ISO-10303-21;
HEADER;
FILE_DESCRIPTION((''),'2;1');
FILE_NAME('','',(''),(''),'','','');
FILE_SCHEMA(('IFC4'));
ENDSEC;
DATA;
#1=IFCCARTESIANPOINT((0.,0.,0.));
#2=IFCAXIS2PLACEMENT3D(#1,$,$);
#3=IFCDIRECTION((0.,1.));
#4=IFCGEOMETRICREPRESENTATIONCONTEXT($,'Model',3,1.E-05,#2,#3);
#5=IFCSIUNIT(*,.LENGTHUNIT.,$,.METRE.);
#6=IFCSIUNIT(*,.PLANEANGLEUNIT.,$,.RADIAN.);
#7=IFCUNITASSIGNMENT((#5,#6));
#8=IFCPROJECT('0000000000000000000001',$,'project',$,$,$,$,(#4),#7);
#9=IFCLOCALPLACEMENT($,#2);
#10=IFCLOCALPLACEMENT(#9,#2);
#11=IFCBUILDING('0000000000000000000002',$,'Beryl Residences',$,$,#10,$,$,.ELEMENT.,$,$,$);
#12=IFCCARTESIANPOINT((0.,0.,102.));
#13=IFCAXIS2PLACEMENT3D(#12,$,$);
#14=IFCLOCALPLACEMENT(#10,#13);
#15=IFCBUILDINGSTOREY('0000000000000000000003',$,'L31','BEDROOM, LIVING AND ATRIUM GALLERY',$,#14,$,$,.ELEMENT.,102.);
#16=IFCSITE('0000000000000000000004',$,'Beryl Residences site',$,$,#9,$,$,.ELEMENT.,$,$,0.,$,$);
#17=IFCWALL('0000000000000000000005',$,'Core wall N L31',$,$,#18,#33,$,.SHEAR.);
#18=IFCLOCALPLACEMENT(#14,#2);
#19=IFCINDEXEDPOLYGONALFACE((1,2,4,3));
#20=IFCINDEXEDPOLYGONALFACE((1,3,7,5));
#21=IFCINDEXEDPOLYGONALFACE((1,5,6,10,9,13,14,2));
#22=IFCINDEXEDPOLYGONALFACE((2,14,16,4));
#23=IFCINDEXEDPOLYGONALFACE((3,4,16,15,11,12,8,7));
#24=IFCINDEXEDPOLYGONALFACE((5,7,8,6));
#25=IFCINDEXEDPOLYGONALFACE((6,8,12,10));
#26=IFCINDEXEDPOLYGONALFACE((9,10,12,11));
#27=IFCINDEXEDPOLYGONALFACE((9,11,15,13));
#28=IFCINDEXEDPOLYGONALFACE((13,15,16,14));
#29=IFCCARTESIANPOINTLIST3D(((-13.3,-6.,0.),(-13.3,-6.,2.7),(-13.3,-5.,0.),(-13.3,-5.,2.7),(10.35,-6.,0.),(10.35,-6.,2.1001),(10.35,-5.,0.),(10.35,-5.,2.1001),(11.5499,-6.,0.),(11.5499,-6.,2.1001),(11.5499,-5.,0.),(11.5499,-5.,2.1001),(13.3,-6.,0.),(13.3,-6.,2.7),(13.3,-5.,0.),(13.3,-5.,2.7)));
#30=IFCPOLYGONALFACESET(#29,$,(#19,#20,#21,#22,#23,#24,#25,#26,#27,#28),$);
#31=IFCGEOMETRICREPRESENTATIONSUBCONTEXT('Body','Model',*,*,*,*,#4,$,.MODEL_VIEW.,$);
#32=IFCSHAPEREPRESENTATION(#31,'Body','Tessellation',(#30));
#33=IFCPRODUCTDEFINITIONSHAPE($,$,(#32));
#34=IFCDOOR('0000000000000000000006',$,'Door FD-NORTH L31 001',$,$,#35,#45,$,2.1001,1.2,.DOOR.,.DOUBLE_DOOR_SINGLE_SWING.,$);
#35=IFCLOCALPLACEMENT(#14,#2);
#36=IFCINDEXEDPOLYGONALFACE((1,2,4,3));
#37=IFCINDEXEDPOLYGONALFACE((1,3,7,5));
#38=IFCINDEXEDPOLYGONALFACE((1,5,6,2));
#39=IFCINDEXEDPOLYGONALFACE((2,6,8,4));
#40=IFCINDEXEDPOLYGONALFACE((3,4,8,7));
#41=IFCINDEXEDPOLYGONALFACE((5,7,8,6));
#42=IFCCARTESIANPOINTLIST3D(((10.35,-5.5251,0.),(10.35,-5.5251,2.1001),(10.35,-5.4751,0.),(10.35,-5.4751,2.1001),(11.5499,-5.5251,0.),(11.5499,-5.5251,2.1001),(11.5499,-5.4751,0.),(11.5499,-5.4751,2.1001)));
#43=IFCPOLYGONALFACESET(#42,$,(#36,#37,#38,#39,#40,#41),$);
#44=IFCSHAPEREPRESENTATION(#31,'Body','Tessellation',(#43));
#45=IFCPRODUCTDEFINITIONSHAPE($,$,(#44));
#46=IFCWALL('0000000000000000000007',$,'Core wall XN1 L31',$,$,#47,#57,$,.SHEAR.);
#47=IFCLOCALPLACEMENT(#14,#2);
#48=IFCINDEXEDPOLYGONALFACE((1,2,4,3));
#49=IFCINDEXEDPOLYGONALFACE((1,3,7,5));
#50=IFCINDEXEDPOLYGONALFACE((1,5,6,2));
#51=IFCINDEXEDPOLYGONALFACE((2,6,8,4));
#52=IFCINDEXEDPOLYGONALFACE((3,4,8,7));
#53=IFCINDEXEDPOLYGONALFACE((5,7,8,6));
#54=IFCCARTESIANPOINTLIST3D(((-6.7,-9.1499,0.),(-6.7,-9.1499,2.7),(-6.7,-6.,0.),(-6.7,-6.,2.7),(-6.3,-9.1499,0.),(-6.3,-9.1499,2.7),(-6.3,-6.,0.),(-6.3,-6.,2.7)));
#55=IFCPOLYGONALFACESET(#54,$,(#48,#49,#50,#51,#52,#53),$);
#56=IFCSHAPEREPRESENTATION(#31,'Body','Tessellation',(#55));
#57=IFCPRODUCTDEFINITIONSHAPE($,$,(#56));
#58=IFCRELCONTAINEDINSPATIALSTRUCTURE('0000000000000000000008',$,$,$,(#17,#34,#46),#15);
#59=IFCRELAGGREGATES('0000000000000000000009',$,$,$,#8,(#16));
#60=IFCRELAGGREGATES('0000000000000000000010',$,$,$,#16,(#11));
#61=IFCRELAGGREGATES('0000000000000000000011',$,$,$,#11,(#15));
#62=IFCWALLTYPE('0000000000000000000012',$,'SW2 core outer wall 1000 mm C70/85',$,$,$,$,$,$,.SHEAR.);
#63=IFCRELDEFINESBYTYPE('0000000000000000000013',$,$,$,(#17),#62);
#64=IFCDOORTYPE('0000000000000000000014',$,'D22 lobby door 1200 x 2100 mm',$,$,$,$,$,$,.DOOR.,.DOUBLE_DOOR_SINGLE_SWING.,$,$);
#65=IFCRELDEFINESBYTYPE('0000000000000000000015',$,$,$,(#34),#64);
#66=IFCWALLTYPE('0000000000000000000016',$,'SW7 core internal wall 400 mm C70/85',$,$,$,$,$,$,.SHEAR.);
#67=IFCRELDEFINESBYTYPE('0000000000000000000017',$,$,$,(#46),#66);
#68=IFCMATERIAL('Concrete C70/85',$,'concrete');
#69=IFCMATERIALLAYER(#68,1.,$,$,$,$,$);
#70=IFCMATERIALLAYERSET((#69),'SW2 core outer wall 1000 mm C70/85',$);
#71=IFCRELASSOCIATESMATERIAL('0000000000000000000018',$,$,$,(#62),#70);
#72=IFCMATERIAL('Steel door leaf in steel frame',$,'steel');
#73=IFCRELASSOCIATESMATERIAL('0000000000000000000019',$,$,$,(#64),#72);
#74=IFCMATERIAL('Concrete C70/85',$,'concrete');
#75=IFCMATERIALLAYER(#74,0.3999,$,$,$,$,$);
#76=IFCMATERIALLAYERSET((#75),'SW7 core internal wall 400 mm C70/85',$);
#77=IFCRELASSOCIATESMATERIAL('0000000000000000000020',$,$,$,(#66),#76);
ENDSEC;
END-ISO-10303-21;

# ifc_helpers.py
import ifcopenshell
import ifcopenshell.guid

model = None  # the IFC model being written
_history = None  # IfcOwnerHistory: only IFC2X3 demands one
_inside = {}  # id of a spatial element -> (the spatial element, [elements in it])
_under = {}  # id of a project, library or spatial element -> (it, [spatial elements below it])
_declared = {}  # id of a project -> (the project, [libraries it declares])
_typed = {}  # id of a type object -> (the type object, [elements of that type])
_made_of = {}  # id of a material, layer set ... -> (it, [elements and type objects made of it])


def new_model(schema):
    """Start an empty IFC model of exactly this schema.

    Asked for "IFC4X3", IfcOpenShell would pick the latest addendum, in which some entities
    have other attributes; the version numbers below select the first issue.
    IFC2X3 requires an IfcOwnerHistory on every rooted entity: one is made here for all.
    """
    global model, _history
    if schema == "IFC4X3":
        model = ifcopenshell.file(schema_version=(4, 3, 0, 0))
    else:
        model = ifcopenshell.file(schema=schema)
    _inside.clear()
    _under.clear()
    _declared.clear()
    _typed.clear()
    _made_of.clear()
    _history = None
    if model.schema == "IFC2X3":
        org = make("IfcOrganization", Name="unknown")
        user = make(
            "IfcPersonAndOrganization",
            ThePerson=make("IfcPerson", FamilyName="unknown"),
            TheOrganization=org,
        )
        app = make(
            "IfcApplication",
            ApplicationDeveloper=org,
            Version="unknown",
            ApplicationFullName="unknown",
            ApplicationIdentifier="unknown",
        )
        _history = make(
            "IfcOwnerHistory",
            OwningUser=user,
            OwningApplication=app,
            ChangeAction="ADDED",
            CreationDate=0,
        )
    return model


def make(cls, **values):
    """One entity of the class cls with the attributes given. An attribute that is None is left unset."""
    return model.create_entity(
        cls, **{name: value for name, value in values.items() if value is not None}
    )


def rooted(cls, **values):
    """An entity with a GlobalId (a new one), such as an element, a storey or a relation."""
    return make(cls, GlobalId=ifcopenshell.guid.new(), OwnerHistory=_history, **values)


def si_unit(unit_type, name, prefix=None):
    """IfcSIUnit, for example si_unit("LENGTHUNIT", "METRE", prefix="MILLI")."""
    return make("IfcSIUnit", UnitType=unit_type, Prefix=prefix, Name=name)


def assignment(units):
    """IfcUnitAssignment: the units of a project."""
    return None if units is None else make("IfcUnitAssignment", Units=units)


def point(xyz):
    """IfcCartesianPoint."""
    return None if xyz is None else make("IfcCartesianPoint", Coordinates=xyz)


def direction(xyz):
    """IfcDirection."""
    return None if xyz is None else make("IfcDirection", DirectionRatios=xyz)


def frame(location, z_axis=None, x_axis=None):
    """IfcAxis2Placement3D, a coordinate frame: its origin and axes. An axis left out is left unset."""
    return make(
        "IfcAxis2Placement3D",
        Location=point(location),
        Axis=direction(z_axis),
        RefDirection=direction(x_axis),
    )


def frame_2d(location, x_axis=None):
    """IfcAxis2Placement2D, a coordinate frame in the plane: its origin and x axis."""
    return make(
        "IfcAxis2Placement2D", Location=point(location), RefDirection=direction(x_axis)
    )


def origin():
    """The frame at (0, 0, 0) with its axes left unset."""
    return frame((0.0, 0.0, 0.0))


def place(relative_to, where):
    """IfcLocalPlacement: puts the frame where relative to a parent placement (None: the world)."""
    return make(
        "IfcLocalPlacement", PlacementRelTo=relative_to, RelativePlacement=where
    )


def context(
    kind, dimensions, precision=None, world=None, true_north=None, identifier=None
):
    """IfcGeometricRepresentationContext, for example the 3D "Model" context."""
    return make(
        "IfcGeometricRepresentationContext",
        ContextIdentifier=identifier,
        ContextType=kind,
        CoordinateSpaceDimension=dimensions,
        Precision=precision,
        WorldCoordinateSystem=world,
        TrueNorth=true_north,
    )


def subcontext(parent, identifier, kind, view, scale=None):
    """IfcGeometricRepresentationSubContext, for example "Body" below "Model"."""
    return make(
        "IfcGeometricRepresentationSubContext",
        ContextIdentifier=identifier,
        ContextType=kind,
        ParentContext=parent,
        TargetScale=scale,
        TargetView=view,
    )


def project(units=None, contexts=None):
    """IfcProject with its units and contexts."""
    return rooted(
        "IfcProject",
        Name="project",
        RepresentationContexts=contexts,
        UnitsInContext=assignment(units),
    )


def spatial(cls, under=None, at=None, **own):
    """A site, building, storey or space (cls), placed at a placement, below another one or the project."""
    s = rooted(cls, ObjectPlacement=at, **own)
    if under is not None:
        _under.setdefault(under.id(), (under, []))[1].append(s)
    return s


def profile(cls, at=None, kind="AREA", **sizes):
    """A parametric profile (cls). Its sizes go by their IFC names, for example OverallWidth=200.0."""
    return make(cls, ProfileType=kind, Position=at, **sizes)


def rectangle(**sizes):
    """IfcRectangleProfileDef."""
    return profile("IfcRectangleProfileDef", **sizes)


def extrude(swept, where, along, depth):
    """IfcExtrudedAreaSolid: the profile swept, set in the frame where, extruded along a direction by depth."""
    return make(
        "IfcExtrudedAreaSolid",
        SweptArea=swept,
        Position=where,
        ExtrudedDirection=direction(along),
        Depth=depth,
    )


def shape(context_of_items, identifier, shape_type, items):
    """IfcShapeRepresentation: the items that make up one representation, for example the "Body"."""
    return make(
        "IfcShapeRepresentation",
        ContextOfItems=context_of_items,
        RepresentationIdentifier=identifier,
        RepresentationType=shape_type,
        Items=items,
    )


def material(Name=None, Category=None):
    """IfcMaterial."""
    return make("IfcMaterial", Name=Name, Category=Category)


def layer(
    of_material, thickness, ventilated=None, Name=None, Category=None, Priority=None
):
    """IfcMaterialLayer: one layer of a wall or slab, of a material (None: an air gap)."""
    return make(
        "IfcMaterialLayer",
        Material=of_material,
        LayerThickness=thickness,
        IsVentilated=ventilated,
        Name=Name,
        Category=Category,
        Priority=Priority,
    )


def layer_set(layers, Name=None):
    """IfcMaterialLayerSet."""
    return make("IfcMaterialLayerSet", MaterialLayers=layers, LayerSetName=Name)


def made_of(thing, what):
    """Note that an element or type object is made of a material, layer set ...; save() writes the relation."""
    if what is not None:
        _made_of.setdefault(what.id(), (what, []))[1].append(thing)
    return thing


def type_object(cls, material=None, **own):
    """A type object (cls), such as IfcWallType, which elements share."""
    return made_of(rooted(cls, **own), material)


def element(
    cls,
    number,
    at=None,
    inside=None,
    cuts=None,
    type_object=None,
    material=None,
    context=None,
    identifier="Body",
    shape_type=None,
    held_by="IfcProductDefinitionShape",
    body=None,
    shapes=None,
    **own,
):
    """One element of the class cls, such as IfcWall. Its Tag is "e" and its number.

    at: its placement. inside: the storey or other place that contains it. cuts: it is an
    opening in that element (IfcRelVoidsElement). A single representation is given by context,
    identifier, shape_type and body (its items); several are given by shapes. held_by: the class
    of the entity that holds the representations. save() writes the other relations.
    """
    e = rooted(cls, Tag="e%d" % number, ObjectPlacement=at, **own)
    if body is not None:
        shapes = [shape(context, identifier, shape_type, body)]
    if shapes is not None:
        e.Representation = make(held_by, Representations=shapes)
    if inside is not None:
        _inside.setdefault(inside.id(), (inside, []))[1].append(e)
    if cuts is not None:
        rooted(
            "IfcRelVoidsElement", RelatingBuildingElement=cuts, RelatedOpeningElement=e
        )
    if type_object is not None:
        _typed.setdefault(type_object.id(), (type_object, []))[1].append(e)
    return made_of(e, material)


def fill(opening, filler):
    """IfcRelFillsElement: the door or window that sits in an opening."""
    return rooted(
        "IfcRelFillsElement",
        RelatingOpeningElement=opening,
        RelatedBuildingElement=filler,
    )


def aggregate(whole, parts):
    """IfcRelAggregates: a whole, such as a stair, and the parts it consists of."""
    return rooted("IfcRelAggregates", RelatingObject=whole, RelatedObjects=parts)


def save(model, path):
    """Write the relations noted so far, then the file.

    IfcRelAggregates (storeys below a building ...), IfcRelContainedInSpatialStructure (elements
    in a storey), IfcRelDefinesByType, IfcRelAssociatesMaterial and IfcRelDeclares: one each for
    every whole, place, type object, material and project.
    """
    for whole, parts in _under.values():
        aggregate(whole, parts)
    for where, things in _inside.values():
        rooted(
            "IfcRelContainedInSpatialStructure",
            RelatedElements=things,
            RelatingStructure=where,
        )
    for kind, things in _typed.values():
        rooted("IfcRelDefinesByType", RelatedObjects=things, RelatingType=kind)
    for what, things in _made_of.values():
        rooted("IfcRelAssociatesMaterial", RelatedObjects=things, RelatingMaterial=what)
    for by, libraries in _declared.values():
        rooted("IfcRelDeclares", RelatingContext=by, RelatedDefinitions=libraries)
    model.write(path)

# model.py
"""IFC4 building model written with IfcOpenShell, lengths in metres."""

from ifc_helpers import new_model, si_unit, direction, frame, frame_2d, origin, place, context, subcontext, project, spatial, rectangle, extrude, material, layer, layer_set, type_object, element, fill, save


model = new_model("IFC4")

# Units and contexts
model_context = context("Model", 3, precision=1e-05, world=origin(), true_north=direction((0.0, 1.0)))
body_context = subcontext(model_context, "Body", "Model", "MODEL_VIEW")
ifc_project = project(units=[si_unit("LENGTHUNIT", "METRE"), si_unit("PLANEANGLEUNIT", "RADIAN")], contexts=[model_context])

# Site, building, storey
site_placement = place(None, origin())
site = spatial("IfcSite", under=ifc_project, at=site_placement, Name="Beryl Residences site", CompositionType="ELEMENT", RefElevation=0.0)
building_placement = place(site_placement, origin())
building = spatial("IfcBuilding", under=site, at=building_placement, Name="Beryl Residences", CompositionType="ELEMENT")
storey_placement = place(building_placement, frame((0.0, 0.0, 102.0)))
storey = spatial("IfcBuildingStorey", under=building, at=storey_placement, Name="L31", Description="BEDROOM, LIVING AND ATRIUM GALLERY", CompositionType="ELEMENT", Elevation=102.0)

# Wall, opening, door
ifc_material_1 = material(Name="Concrete C70/85", Category="concrete")
ifc_layer_1 = layer(ifc_material_1, 1.0)
ifc_layer_set_1 = layer_set([ifc_layer_1], Name="SW2 core outer wall 1000 mm C70/85")
wall_type_1 = type_object("IfcWallType", Name="SW2 core outer wall 1000 mm C70/85", PredefinedType="SHEAR", material=ifc_layer_set_1)
wall_1_placement = place(storey_placement, frame((-13.3, -5.5, 0.0), z_axis=(0.0, 0.0, 1.0), x_axis=(1.0, 0.0, 0.0)))
wall_1 = element("IfcWall", 1, at=wall_1_placement, inside=storey, type_object=wall_type_1, Name="Core wall N L31", PredefinedType="SHEAR", context=body_context, shape_type="SweptSolid", body=[
    extrude(rectangle(XDim=26.6001, YDim=1.0, at=frame_2d((13.3, 0.0))), origin(), (0.0, 0.0, 1.0), 2.7),
])
opening_1_placement = place(wall_1_placement, frame((23.6499, 0.0, 0.0)))
opening_1 = element("IfcOpeningElement", 2, at=opening_1_placement, cuts=wall_1, PredefinedType="OPENING", context=body_context, shape_type="SweptSolid", body=[
    extrude(rectangle(XDim=1.2, YDim=2.1001, at=frame_2d((0.6001, 1.05))), frame((0.0, 0.51, 0.0), z_axis=(0.0, -1.0, 0.0), x_axis=(1.0, 0.0, 0.0)), (0.0, 0.0, 1.0), 1.02),
])
ifc_material_2 = material(Name="Steel door leaf in steel frame", Category="steel")
door_type_1 = type_object("IfcDoorType", Name="D22 lobby door 1200 x 2100 mm", OperationType="DOUBLE_DOOR_SINGLE_SWING", PredefinedType="DOOR", material=ifc_material_2)
door_1_placement = place(opening_1_placement, origin())
door_1 = element("IfcDoor", 3, at=door_1_placement, inside=storey, type_object=door_type_1, Name="Door FD-NORTH L31 001", OperationType="DOUBLE_DOOR_SINGLE_SWING", OverallHeight=2.1001, OverallWidth=1.2, PredefinedType="DOOR", context=body_context, shape_type="SweptSolid", body=[
    extrude(rectangle(XDim=1.2, YDim=2.1001, at=frame_2d((0.6001, 1.05))), frame((0.0, 0.0249, 0.0), z_axis=(0.0, -1.0, 0.0), x_axis=(1.0, 0.0, 0.0)), (0.0, 0.0, 1.0), 0.05),
])
fill(opening_1, door_1)

# Shared definitions
ifc_material_3 = material(Name="Concrete C70/85", Category="concrete")
ifc_layer_2 = layer(ifc_material_3, 0.3999)
ifc_layer_set_2 = layer_set([ifc_layer_2], Name="SW7 core internal wall 400 mm C70/85")
wall_type_2 = type_object("IfcWallType", Name="SW7 core internal wall 400 mm C70/85", PredefinedType="SHEAR", material=ifc_layer_set_2)

# Wall
wall_2_placement = place(storey_placement, frame((-6.5, -9.1499, 0.0), z_axis=(0.0, 0.0, 1.0), x_axis=(0.0, 1.0, 0.0)))
element("IfcWall", 4, at=wall_2_placement, inside=storey, type_object=wall_type_2, Name="Core wall XN1 L31", PredefinedType="SHEAR", context=body_context, shape_type="SweptSolid", body=[
    extrude(rectangle(XDim=3.1499, YDim=0.3999, at=frame_2d((1.575, 0.0))), origin(), (0.0, 0.0, 1.0), 2.7),
])

save(model, "model.ifc")
